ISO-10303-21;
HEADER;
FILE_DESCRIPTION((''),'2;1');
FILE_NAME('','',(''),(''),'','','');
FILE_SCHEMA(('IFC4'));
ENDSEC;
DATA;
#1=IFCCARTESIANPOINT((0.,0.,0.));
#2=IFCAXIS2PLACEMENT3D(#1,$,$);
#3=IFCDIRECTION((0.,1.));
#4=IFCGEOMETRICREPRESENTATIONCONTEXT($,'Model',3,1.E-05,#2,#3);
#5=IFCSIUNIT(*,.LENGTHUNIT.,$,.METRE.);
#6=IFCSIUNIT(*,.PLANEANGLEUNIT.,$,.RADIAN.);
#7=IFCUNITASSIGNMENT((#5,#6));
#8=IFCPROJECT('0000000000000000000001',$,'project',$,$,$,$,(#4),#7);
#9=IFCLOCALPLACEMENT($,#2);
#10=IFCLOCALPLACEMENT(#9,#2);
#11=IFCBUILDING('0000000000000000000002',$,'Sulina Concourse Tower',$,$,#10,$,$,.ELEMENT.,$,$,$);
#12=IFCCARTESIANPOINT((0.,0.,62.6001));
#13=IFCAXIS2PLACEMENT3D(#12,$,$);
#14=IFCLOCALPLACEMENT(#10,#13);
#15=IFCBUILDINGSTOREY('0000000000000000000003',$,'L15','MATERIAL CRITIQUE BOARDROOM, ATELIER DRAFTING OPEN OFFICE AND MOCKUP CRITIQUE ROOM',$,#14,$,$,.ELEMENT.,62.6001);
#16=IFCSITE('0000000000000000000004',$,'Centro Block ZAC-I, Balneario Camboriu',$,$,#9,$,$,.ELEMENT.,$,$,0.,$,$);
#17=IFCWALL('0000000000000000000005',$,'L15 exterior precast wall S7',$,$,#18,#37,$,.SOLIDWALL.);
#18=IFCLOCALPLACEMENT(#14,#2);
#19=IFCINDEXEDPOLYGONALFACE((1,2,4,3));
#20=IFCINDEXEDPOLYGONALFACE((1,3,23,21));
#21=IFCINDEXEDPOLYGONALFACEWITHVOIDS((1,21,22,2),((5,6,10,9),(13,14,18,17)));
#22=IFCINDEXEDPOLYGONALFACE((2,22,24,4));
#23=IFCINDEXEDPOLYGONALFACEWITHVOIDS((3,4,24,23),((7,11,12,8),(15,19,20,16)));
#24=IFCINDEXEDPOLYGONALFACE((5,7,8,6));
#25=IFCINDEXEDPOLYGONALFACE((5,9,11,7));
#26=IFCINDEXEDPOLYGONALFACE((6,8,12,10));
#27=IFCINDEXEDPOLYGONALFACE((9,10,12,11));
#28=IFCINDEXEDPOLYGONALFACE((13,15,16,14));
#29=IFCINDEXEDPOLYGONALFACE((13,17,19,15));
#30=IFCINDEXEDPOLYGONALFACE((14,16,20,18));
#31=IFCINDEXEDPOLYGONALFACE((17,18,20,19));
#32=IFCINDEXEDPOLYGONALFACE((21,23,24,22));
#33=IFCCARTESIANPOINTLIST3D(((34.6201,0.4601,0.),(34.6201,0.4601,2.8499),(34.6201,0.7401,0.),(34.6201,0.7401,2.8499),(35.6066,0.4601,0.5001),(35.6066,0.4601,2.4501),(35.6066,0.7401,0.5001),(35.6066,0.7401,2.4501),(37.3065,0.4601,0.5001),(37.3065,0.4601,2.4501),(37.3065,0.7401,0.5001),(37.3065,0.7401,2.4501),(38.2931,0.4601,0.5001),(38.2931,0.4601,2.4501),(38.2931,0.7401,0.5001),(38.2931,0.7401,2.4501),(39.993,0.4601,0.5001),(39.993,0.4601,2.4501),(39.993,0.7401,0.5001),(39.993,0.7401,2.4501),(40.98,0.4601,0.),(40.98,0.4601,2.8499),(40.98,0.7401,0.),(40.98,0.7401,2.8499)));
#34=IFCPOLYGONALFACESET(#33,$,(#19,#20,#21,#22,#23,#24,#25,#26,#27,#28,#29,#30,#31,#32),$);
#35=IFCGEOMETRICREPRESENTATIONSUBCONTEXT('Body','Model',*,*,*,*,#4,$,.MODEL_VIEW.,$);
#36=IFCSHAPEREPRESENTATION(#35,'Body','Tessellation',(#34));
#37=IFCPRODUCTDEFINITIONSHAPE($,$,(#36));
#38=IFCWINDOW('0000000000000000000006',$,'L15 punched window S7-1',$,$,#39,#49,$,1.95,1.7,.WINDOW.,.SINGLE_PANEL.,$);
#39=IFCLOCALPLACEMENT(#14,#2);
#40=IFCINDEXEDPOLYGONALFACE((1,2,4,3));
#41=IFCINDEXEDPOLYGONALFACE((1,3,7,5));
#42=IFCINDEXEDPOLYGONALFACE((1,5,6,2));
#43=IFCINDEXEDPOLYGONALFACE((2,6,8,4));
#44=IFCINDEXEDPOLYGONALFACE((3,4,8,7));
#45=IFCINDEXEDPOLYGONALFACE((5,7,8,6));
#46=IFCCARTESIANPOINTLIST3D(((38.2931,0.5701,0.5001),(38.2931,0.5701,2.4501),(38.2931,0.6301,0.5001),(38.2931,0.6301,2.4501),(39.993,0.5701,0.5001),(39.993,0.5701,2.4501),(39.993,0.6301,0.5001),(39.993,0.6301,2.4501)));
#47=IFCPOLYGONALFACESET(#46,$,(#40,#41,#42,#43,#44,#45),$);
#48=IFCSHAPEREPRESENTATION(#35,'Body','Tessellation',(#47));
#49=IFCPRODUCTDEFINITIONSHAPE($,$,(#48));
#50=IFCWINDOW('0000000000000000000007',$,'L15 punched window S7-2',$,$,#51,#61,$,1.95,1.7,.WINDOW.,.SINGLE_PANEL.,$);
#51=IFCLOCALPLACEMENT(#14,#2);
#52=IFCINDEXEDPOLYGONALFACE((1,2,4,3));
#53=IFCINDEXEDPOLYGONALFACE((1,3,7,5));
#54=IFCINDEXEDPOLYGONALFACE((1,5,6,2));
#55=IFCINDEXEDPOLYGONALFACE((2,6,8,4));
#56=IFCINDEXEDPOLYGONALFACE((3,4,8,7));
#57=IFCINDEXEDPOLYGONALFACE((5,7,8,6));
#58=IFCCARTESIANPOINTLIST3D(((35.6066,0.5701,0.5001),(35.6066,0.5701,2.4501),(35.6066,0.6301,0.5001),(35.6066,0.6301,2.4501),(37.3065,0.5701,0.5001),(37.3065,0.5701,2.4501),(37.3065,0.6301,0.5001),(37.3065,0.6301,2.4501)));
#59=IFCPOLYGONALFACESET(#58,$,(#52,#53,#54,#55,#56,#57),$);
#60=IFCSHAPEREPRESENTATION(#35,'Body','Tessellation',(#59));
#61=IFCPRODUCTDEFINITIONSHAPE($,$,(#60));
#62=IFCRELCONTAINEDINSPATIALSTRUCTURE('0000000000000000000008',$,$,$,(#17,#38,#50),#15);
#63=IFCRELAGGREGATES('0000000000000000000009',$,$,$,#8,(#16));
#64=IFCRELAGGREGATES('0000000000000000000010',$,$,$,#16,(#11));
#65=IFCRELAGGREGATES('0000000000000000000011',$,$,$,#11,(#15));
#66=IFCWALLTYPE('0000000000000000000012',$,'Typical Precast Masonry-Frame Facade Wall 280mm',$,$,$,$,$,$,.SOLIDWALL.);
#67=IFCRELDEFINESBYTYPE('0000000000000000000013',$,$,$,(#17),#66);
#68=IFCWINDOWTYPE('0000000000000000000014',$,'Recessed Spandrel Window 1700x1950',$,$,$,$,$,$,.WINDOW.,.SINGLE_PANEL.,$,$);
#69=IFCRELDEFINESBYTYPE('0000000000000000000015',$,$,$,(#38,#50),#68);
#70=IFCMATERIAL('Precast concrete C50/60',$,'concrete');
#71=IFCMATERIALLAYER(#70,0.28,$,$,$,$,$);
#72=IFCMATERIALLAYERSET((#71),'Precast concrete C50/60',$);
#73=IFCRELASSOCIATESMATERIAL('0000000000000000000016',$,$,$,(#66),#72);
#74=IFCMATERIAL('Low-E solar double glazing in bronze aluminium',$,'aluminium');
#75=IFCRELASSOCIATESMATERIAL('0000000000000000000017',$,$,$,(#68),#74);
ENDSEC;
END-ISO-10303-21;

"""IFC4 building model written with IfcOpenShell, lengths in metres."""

from ifc_helpers import new_model, si_unit, direction, frame, frame_2d, origin, place, context, subcontext, project, spatial, rectangle, extrude, material, layer, layer_set, type_object, element, fill, save


model = new_model("IFC4")

# Units and contexts
model_context = context("Model", 3, precision=1e-05, world=origin(), true_north=direction((0.0, 1.0)))
body_context = subcontext(model_context, "Body", "Model", "MODEL_VIEW")
ifc_project = project(units=[si_unit("LENGTHUNIT", "METRE"), si_unit("PLANEANGLEUNIT", "RADIAN")], contexts=[model_context])

# Site, building, storey
site_placement = place(None, origin())
site = spatial("IfcSite", under=ifc_project, at=site_placement, Name="Centro Block ZAC-I, Balneario Camboriu", CompositionType="ELEMENT", RefElevation=0.0)
building_placement = place(site_placement, origin())
building = spatial("IfcBuilding", under=site, at=building_placement, Name="Sulina Concourse Tower", CompositionType="ELEMENT")
storey_placement = place(building_placement, frame((0.0, 0.0, 62.6001)))
storey = spatial("IfcBuildingStorey", under=building, at=storey_placement, Name="L15", Description="MATERIAL CRITIQUE BOARDROOM, ATELIER DRAFTING OPEN OFFICE AND MOCKUP CRITIQUE ROOM", CompositionType="ELEMENT", Elevation=62.6001)

# Shared definitions
ifc_material_1 = material(Name="Precast concrete C50/60", Category="concrete")
ifc_layer_1 = layer(ifc_material_1, 0.28)
ifc_layer_set_1 = layer_set([ifc_layer_1], Name="Precast concrete C50/60")
wall_type_1 = type_object("IfcWallType", Name="Typical Precast Masonry-Frame Facade Wall 280mm", PredefinedType="SOLIDWALL", material=ifc_layer_set_1)

# Wall, openings, windows
wall_1_placement = place(storey_placement, frame((40.98, 0.6001, 0.0), z_axis=(0.0, 0.0, 1.0), x_axis=(-1.0, 0.0, 0.0)))
wall_1 = element("IfcWall", 1, at=wall_1_placement, inside=storey, type_object=wall_type_1, Name="L15 exterior precast wall S7", PredefinedType="SOLIDWALL", context=body_context, shape_type="SweptSolid", body=[
    extrude(rectangle(XDim=6.3599, YDim=0.28, at=frame_2d((3.1799, 0.0))), origin(), (0.0, 0.0, 1.0), 2.8499),
])
opening_1_placement = place(wall_1_placement, frame((0.9868, 0.0, 0.5)))
opening_1 = element("IfcOpeningElement", 2, at=opening_1_placement, cuts=wall_1, PredefinedType="OPENING", context=body_context, shape_type="SweptSolid", body=[
    extrude(rectangle(XDim=1.7, YDim=1.95, at=frame_2d((0.8501, 0.9751))), frame((0.0, 0.1499, 0.0), z_axis=(0.0, -1.0, 0.0), x_axis=(1.0, 0.0, 0.0)), (0.0, 0.0, 1.0), 0.3),
])
opening_2_placement = place(wall_1_placement, frame((3.6733, 0.0, 0.5)))
opening_2 = element("IfcOpeningElement", 3, at=opening_2_placement, cuts=wall_1, PredefinedType="OPENING", context=body_context, shape_type="SweptSolid", body=[
    extrude(rectangle(XDim=1.7, YDim=1.95, at=frame_2d((0.8501, 0.9751))), frame((0.0, 0.1499, 0.0), z_axis=(0.0, -1.0, 0.0), x_axis=(1.0, 0.0, 0.0)), (0.0, 0.0, 1.0), 0.3),
])
ifc_material_2 = material(Name="Low-E solar double glazing in bronze aluminium", Category="aluminium")
window_type = type_object("IfcWindowType", Name="Recessed Spandrel Window 1700x1950", PartitioningType="SINGLE_PANEL", PredefinedType="WINDOW", material=ifc_material_2)
window_1_placement = place(opening_1_placement, origin())
window_1 = element("IfcWindow", 4, at=window_1_placement, inside=storey, type_object=window_type, Name="L15 punched window S7-1", OverallHeight=1.95, OverallWidth=1.7, PartitioningType="SINGLE_PANEL", PredefinedType="WINDOW", context=body_context, shape_type="SweptSolid", body=[
    extrude(rectangle(XDim=1.7, YDim=1.95, at=frame_2d((0.8501, 0.9751))), frame((0.0, 0.03, 0.0), z_axis=(0.0, -1.0, 0.0), x_axis=(1.0, 0.0, 0.0)), (0.0, 0.0, 1.0), 0.0601),
])
fill(opening_1, window_1)
window_2_placement = place(opening_2_placement, origin())
window_2 = element("IfcWindow", 5, at=window_2_placement, inside=storey, type_object=window_type, Name="L15 punched window S7-2", OverallHeight=1.95, OverallWidth=1.7, PartitioningType="SINGLE_PANEL", PredefinedType="WINDOW", context=body_context, shape_type="SweptSolid", body=[
    extrude(rectangle(XDim=1.7, YDim=1.95, at=frame_2d((0.8501, 0.9751))), frame((0.0, 0.03, 0.0), z_axis=(0.0, -1.0, 0.0), x_axis=(1.0, 0.0, 0.0)), (0.0, 0.0, 1.0), 0.0601),
])
fill(opening_2, window_2)

save(model, "model.ifc")
